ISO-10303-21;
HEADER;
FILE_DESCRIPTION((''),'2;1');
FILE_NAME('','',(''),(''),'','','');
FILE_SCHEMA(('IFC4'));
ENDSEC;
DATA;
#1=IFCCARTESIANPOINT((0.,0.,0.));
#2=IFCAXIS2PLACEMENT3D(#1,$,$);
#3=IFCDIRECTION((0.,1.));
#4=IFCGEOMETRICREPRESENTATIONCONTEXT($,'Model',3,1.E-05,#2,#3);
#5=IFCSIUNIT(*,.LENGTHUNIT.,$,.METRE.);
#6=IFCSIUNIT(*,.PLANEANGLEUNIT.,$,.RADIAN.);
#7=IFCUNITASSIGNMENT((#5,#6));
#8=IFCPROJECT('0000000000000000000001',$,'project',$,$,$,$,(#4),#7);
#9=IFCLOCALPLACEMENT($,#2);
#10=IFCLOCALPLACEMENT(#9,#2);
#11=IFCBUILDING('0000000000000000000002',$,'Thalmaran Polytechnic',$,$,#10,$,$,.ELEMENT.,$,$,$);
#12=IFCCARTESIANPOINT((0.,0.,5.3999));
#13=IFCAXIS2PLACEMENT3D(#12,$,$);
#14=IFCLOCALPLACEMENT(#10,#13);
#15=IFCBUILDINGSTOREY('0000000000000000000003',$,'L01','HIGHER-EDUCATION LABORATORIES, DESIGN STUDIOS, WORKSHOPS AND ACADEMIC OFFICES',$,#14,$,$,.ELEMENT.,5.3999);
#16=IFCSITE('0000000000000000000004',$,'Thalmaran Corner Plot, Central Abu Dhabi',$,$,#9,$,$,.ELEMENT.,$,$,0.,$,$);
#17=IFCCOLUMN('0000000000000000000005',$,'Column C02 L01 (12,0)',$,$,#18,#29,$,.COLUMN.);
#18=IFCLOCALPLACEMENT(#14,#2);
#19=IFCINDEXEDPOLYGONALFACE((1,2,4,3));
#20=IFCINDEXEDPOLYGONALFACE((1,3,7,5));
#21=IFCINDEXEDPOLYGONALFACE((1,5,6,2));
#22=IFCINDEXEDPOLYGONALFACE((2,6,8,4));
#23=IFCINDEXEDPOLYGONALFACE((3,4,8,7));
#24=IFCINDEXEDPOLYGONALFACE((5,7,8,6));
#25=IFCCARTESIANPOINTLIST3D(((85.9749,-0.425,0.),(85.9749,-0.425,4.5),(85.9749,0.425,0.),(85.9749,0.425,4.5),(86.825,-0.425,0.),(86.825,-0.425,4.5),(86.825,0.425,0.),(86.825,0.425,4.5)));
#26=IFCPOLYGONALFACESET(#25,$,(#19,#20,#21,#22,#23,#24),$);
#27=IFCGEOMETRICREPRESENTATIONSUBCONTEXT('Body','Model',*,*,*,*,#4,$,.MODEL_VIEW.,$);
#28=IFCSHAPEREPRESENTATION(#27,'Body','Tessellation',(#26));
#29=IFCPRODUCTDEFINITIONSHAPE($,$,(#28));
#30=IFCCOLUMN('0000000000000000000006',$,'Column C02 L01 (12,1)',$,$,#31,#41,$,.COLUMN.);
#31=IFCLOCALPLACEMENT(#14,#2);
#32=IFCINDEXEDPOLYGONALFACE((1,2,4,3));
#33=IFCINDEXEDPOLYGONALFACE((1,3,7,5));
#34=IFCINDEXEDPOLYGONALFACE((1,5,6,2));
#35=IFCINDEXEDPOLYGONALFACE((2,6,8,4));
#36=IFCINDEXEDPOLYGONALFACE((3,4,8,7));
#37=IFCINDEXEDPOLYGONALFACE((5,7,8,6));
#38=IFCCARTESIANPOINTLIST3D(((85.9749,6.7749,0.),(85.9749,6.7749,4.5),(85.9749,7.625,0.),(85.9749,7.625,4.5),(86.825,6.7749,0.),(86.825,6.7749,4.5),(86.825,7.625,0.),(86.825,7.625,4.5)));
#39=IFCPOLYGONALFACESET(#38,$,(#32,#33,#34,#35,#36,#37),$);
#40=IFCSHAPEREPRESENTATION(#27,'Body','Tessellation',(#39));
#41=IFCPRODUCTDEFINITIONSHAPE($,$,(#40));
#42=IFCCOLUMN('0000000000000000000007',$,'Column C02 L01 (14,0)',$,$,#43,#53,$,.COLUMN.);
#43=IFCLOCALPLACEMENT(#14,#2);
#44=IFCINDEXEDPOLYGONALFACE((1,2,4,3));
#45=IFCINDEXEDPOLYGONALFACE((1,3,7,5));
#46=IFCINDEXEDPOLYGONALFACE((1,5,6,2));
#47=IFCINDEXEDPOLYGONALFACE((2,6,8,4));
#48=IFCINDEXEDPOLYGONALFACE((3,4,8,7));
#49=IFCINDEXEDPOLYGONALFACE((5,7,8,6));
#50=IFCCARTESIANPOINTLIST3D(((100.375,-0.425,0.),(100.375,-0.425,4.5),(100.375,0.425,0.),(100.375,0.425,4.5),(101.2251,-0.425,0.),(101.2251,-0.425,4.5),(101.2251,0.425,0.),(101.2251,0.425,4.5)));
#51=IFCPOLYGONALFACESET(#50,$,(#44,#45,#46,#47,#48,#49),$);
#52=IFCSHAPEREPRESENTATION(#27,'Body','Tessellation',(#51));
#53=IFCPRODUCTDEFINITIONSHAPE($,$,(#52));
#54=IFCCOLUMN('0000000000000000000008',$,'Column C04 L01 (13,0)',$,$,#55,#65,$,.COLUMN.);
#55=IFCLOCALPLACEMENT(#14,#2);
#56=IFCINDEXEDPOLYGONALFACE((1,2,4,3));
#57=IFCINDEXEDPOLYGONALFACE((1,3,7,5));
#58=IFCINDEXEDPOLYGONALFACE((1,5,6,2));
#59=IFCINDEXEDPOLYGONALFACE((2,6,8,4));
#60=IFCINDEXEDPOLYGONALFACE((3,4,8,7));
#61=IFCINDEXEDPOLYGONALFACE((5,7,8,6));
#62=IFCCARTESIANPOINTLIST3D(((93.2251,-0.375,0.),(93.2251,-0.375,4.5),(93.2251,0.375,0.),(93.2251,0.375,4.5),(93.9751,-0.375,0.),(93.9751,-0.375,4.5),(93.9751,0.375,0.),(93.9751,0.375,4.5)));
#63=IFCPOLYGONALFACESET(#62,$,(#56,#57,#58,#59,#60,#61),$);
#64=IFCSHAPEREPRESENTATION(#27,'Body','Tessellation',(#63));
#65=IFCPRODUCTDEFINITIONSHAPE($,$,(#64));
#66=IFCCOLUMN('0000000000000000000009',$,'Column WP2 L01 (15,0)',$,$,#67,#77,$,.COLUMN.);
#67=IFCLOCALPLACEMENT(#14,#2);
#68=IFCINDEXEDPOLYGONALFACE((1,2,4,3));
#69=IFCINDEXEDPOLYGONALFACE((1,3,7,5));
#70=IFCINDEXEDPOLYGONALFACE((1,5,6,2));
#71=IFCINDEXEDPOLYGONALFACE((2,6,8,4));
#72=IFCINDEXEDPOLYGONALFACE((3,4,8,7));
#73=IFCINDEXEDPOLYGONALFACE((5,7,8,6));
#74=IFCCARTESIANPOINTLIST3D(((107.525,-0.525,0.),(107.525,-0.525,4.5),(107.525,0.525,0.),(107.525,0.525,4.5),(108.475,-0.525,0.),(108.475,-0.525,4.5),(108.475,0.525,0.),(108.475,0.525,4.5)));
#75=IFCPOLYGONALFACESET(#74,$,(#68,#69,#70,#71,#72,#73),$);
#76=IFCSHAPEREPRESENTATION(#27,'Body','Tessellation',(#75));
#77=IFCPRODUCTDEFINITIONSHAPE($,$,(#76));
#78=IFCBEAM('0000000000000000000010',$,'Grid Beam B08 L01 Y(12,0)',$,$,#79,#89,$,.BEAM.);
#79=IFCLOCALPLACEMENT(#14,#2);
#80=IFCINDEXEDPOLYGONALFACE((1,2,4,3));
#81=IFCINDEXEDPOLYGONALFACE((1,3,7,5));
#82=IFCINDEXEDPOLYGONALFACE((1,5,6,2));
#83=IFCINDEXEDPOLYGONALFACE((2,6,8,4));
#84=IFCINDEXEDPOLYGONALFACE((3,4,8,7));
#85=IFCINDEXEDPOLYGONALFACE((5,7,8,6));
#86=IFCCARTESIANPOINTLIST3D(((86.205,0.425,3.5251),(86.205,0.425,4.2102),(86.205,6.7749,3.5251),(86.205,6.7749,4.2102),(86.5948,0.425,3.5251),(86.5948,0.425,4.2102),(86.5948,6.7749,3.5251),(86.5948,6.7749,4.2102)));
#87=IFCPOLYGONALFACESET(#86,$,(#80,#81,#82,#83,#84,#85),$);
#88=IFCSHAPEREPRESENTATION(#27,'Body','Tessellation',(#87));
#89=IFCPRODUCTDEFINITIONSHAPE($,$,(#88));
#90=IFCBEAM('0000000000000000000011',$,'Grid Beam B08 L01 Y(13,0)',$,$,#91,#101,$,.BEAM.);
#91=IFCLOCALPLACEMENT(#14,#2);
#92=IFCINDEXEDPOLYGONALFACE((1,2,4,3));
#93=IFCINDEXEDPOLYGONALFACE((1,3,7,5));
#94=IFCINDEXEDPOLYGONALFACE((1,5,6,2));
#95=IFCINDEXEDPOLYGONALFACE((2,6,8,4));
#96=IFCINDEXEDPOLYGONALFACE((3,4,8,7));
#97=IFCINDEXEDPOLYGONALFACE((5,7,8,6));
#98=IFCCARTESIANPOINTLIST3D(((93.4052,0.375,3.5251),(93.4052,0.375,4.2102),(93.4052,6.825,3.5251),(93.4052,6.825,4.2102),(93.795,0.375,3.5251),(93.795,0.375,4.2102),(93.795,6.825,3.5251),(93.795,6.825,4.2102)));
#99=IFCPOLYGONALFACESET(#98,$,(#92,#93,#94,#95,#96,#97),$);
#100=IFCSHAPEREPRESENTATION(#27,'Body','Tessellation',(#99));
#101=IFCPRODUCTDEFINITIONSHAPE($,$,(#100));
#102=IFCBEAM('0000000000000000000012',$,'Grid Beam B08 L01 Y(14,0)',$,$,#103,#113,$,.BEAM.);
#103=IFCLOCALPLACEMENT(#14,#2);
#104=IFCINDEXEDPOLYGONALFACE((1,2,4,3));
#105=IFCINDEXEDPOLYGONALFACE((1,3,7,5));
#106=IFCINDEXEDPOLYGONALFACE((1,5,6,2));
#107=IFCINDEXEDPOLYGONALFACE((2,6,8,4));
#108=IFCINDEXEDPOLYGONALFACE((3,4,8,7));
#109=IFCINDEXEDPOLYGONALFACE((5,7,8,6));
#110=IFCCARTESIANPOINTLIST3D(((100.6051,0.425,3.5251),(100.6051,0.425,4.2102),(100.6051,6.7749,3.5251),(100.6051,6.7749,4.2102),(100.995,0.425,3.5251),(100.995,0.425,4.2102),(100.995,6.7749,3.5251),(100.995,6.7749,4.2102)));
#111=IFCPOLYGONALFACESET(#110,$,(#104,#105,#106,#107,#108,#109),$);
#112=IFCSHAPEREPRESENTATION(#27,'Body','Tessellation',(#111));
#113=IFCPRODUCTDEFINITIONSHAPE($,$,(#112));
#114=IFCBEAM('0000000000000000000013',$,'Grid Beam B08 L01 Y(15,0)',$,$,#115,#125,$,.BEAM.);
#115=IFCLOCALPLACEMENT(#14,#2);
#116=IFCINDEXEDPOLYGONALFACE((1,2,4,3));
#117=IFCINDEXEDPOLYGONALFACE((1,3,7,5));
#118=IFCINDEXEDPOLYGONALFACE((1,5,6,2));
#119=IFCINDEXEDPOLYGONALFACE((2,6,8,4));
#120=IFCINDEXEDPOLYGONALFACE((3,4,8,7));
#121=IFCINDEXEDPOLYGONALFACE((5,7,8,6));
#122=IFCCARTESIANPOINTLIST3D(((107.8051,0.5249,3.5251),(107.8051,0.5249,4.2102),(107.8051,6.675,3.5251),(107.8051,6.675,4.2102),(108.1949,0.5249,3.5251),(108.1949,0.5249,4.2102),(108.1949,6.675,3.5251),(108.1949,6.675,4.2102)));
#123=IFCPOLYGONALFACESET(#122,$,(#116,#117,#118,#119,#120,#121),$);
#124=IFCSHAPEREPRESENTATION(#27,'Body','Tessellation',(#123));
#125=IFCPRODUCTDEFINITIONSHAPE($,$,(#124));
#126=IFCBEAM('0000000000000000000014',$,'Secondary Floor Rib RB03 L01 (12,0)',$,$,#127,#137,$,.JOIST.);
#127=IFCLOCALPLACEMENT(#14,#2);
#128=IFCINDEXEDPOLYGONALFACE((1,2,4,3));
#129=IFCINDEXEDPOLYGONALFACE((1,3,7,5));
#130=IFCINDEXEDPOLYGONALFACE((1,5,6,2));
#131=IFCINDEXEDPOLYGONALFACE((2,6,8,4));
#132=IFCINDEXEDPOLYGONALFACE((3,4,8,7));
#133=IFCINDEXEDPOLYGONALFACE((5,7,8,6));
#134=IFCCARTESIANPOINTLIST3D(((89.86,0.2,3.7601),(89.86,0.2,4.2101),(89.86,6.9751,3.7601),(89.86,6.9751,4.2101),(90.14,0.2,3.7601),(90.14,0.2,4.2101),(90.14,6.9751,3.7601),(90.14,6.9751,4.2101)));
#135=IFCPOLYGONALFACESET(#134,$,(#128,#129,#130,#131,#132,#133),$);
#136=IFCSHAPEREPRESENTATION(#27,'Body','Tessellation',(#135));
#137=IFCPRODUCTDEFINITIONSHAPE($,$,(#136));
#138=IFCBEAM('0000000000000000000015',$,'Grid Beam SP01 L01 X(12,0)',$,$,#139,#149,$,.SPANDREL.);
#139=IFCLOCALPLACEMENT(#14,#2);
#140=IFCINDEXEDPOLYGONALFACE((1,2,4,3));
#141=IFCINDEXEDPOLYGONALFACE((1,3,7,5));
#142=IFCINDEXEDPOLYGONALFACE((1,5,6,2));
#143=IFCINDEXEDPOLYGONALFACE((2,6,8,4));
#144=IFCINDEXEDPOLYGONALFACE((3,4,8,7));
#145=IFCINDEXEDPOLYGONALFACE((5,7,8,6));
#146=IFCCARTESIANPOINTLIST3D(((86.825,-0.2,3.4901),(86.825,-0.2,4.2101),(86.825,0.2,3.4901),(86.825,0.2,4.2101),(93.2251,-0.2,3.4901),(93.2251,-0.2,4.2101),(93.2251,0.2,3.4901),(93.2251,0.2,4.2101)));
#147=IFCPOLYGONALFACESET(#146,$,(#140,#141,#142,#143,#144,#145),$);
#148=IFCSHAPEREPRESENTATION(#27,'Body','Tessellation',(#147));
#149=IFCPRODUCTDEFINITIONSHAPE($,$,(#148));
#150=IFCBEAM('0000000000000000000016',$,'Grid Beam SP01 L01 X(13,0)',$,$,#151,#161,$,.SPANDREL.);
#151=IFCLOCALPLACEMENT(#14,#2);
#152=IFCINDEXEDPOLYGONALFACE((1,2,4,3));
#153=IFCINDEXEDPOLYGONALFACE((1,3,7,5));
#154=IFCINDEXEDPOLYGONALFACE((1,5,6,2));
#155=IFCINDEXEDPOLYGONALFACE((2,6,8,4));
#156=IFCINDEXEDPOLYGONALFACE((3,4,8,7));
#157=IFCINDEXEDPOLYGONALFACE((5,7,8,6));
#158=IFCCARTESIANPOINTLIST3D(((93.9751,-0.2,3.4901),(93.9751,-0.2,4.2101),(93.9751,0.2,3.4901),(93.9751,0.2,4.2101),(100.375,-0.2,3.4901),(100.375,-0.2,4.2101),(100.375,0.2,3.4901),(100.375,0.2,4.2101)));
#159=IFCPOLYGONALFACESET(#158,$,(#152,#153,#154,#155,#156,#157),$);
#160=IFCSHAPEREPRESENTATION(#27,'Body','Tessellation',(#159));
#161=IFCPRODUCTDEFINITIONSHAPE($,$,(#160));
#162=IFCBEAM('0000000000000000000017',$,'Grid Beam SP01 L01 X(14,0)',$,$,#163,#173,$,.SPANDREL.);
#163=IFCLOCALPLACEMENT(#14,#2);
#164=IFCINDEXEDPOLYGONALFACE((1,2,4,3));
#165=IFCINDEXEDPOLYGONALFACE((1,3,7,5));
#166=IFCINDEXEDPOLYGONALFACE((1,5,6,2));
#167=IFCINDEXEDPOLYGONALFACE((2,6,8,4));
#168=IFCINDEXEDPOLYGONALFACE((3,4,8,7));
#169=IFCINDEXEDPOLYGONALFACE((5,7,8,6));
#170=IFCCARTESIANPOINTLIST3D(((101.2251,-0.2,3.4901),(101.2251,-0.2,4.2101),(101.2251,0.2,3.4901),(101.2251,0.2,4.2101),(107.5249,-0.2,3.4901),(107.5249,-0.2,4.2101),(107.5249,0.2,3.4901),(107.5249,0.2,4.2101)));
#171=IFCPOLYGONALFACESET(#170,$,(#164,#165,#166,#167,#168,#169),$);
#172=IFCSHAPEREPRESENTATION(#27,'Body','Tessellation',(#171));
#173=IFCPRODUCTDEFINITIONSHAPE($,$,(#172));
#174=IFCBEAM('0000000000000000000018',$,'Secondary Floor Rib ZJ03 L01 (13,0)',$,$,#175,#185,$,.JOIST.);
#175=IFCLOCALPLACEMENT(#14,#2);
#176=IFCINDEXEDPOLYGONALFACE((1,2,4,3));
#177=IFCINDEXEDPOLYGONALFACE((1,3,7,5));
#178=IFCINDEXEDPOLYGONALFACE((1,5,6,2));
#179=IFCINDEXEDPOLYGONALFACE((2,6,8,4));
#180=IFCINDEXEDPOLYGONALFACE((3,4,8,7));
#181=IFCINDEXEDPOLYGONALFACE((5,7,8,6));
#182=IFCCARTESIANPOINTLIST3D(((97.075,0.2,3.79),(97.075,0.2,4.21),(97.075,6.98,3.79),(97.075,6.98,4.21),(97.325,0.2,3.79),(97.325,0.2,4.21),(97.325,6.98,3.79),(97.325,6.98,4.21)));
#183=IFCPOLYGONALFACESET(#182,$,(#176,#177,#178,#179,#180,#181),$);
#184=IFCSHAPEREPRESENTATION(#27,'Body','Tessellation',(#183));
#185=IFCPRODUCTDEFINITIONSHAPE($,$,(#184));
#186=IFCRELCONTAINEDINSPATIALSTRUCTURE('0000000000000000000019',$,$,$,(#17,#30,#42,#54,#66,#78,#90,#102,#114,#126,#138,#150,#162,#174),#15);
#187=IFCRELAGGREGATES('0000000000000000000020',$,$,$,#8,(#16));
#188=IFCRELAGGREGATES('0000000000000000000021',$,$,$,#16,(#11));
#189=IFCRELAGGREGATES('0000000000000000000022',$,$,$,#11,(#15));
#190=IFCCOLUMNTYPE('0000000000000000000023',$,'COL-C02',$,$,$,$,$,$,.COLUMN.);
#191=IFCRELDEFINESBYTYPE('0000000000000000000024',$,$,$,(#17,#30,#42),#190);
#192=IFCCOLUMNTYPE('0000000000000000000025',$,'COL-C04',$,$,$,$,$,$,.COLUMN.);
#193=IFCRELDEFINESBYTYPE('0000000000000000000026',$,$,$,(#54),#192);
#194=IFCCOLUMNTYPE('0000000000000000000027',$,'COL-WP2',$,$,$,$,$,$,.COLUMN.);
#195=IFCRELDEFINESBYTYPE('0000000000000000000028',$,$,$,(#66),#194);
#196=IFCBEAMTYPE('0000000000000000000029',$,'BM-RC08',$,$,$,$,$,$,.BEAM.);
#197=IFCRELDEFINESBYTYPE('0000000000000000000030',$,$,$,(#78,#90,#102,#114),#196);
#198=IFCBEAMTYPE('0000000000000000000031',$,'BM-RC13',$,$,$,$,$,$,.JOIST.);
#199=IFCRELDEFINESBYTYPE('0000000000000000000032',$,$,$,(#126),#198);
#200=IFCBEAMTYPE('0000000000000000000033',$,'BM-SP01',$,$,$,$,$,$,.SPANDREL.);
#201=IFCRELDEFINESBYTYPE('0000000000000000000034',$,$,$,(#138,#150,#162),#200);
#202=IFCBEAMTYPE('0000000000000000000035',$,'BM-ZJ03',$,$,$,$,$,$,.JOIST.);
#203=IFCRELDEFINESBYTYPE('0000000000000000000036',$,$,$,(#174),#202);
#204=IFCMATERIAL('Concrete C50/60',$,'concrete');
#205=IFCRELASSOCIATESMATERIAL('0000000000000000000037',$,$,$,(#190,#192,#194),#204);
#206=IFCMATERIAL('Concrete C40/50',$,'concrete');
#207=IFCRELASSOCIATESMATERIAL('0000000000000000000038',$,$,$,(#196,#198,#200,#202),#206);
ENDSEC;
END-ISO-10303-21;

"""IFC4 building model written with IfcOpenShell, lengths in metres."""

from ifc_helpers import new_model, si_unit, direction, frame, origin, origin_2d, place, context, subcontext, project, spatial, rectangle, extrude, material, material_profile, profile_set, type_object, element, save


model = new_model("IFC4")

# Units and contexts
model_context = context("Model", 3, precision=1e-05, world=origin(), true_north=direction((0.0, 1.0)))
body_context = subcontext(model_context, "Body", "Model", "MODEL_VIEW")
ifc_project = project(units=[si_unit("LENGTHUNIT", "METRE"), si_unit("PLANEANGLEUNIT", "RADIAN")], contexts=[model_context])

# Site, building, storey
site_placement = place(None, origin())
site = spatial("IfcSite", under=ifc_project, at=site_placement, Name="Thalmaran Corner Plot, Central Abu Dhabi", CompositionType="ELEMENT", RefElevation=0.0)
building_placement = place(site_placement, origin())
building = spatial("IfcBuilding", under=site, at=building_placement, Name="Thalmaran Polytechnic", CompositionType="ELEMENT")
storey_placement = place(building_placement, frame((0.0, 0.0, 5.3999)))
storey = spatial("IfcBuildingStorey", under=building, at=storey_placement, Name="L01", Description="HIGHER-EDUCATION LABORATORIES, DESIGN STUDIOS, WORKSHOPS AND ACADEMIC OFFICES", CompositionType="ELEMENT", Elevation=5.3999)

# Columns
ifc_material_1 = material(Name="Concrete C50/60", Category="concrete")
ifc_material_profile_1 = material_profile(ifc_material_1, rectangle(XDim=0.8501, YDim=0.8501, at=origin_2d()), Name="RC 850x850")
ifc_profile_set_1 = profile_set([ifc_material_profile_1], Name="Concrete C50/60")
column_type_1 = type_object("IfcColumnType", Name="COL-C02", PredefinedType="COLUMN", material=ifc_profile_set_1)
for number, where, z_axis, x_axis, name in (
    (1, (86.3999, 0.0, 0.0), (0.0, 0.0, 1.0), (1.0, 0.0, 0.0), "Column C02 L01 (12,0)"),
    (2, (86.3999, 7.2, 0.0), (0.0, 0.0, 1.0), (1.0, 0.0, 0.0), "Column C02 L01 (12,1)"),
    (3, (100.8, 0.0, 0.0), (0.0, 0.0, 1.0), (1.0, 0.0, 0.0), "Column C02 L01 (14,0)"),
):
    element("IfcColumn", number, at=place(storey_placement, frame(where, z_axis=z_axis, x_axis=x_axis)), inside=storey, type_object=column_type_1, Name=name, PredefinedType="COLUMN", context=body_context, shape_type="SweptSolid", body=[
        extrude(rectangle(XDim=0.8501, YDim=0.8501, at=origin_2d()), origin(), (0.0, 0.0, 1.0), 4.5),
    ])
ifc_material_profile_2 = material_profile(ifc_material_1, rectangle(XDim=0.75, YDim=0.75, at=origin_2d()), Name="RC 750x750")
ifc_profile_set_2 = profile_set([ifc_material_profile_2], Name="Concrete C50/60")
column_type_2 = type_object("IfcColumnType", Name="COL-C04", PredefinedType="COLUMN", material=ifc_profile_set_2)
column_1_placement = place(storey_placement, frame((93.6001, 0.0, 0.0), z_axis=(0.0, 0.0, 1.0), x_axis=(1.0, 0.0, 0.0)))
element("IfcColumn", 4, at=column_1_placement, inside=storey, type_object=column_type_2, Name="Column C04 L01 (13,0)", PredefinedType="COLUMN", context=body_context, shape_type="SweptSolid", body=[
    extrude(rectangle(XDim=0.75, YDim=0.75, at=origin_2d()), origin(), (0.0, 0.0, 1.0), 4.5),
])
ifc_material_profile_3 = material_profile(ifc_material_1, rectangle(XDim=0.95, YDim=1.05, at=origin_2d()), Name="RC 950x1050")
ifc_profile_set_3 = profile_set([ifc_material_profile_3], Name="Concrete C50/60")
column_type_3 = type_object("IfcColumnType", Name="COL-WP2", PredefinedType="COLUMN", material=ifc_profile_set_3)
column_2_placement = place(storey_placement, frame((108.0, 0.0, 0.0), z_axis=(0.0, 0.0, 1.0), x_axis=(1.0, 0.0, 0.0)))
element("IfcColumn", 5, at=column_2_placement, inside=storey, type_object=column_type_3, Name="Column WP2 L01 (15,0)", PredefinedType="COLUMN", context=body_context, shape_type="SweptSolid", body=[
    extrude(rectangle(XDim=0.95, YDim=1.05, at=origin_2d()), origin(), (0.0, 0.0, 1.0), 4.5),
])

# Beams
ifc_material_2 = material(Name="Concrete C40/50", Category="concrete")
ifc_material_profile_4 = material_profile(ifc_material_2, rectangle(XDim=0.3899, YDim=0.6851, at=origin_2d()), Name="RC 390x685")
ifc_profile_set_4 = profile_set([ifc_material_profile_4], Name="Concrete C40/50")
beam_type_1 = type_object("IfcBeamType", Name="BM-RC08", PredefinedType="BEAM", material=ifc_profile_set_4)
beam_1_placement = place(storey_placement, frame((86.3999, 0.425, 3.8677), z_axis=(0.0, 1.0, 0.0), x_axis=(-1.0, 0.0, 0.0)))
element("IfcBeam", 6, at=beam_1_placement, inside=storey, type_object=beam_type_1, Name="Grid Beam B08 L01 Y(12,0)", PredefinedType="BEAM", context=body_context, shape_type="SweptSolid", body=[
    extrude(rectangle(XDim=0.3899, YDim=0.6851, at=origin_2d()), origin(), (0.0, 0.0, 1.0), 6.3499),
])
beam_2_placement = place(storey_placement, frame((93.6001, 0.375, 3.8677), z_axis=(0.0, 1.0, 0.0), x_axis=(-1.0, 0.0, 0.0)))
element("IfcBeam", 7, at=beam_2_placement, inside=storey, type_object=beam_type_1, Name="Grid Beam B08 L01 Y(13,0)", PredefinedType="BEAM", context=body_context, shape_type="SweptSolid", body=[
    extrude(rectangle(XDim=0.3899, YDim=0.6851, at=origin_2d()), origin(), (0.0, 0.0, 1.0), 6.45),
])
beam_3_placement = place(storey_placement, frame((100.8, 0.425, 3.8677), z_axis=(0.0, 1.0, 0.0), x_axis=(-1.0, 0.0, 0.0)))
element("IfcBeam", 8, at=beam_3_placement, inside=storey, type_object=beam_type_1, Name="Grid Beam B08 L01 Y(14,0)", PredefinedType="BEAM", context=body_context, shape_type="SweptSolid", body=[
    extrude(rectangle(XDim=0.3899, YDim=0.6851, at=origin_2d()), origin(), (0.0, 0.0, 1.0), 6.3499),
])
beam_4_placement = place(storey_placement, frame((108.0, 0.5249, 3.8677), z_axis=(0.0, 1.0, 0.0), x_axis=(-1.0, 0.0, 0.0)))
element("IfcBeam", 9, at=beam_4_placement, inside=storey, type_object=beam_type_1, Name="Grid Beam B08 L01 Y(15,0)", PredefinedType="BEAM", context=body_context, shape_type="SweptSolid", body=[
    extrude(rectangle(XDim=0.3899, YDim=0.6851, at=origin_2d()), origin(), (0.0, 0.0, 1.0), 6.1501),
])
ifc_material_profile_5 = material_profile(ifc_material_2, rectangle(XDim=0.28, YDim=0.45, at=origin_2d()), Name="RC 280x450")
ifc_profile_set_5 = profile_set([ifc_material_profile_5], Name="Concrete C40/50")
beam_type_2 = type_object("IfcBeamType", Name="BM-RC13", PredefinedType="JOIST", material=ifc_profile_set_5)
beam_5_placement = place(storey_placement, frame((90.0, 0.2, 3.9851), z_axis=(0.0, 1.0, 0.0), x_axis=(-1.0, 0.0, 0.0)))
element("IfcBeam", 10, at=beam_5_placement, inside=storey, type_object=beam_type_2, Name="Secondary Floor Rib RB03 L01 (12,0)", PredefinedType="JOIST", context=body_context, shape_type="SweptSolid", body=[
    extrude(rectangle(XDim=0.28, YDim=0.45, at=origin_2d()), origin(), (0.0, 0.0, 1.0), 6.7751),
])
ifc_material_profile_6 = material_profile(ifc_material_2, rectangle(XDim=0.3999, YDim=0.72, at=origin_2d()), Name="RC 400x720")
ifc_profile_set_6 = profile_set([ifc_material_profile_6], Name="Concrete C40/50")
beam_type_3 = type_object("IfcBeamType", Name="BM-SP01", PredefinedType="SPANDREL", material=ifc_profile_set_6)
beam_6_placement = place(storey_placement, frame((86.825, 0.0, 3.8501), z_axis=(1.0, 0.0, 0.0), x_axis=(0.0, 1.0, 0.0)))
element("IfcBeam", 11, at=beam_6_placement, inside=storey, type_object=beam_type_3, Name="Grid Beam SP01 L01 X(12,0)", PredefinedType="SPANDREL", context=body_context, shape_type="SweptSolid", body=[
    extrude(rectangle(XDim=0.3999, YDim=0.72, at=origin_2d()), origin(), (0.0, 0.0, 1.0), 6.4001),
])
beam_7_placement = place(storey_placement, frame((93.9751, 0.0, 3.8501), z_axis=(1.0, 0.0, 0.0), x_axis=(0.0, 1.0, 0.0)))
element("IfcBeam", 12, at=beam_7_placement, inside=storey, type_object=beam_type_3, Name="Grid Beam SP01 L01 X(13,0)", PredefinedType="SPANDREL", context=body_context, shape_type="SweptSolid", body=[
    extrude(rectangle(XDim=0.3999, YDim=0.72, at=origin_2d()), origin(), (0.0, 0.0, 1.0), 6.3999),
])
beam_8_placement = place(storey_placement, frame((101.2251, 0.0, 3.8501), z_axis=(1.0, 0.0, 0.0), x_axis=(0.0, 1.0, 0.0)))
element("IfcBeam", 13, at=beam_8_placement, inside=storey, type_object=beam_type_3, Name="Grid Beam SP01 L01 X(14,0)", PredefinedType="SPANDREL", context=body_context, shape_type="SweptSolid", body=[
    extrude(rectangle(XDim=0.3999, YDim=0.72, at=origin_2d()), origin(), (0.0, 0.0, 1.0), 6.2998),
])
ifc_material_profile_7 = material_profile(ifc_material_2, rectangle(XDim=0.25, YDim=0.4199, at=origin_2d()), Name="RC 250x420")
ifc_profile_set_7 = profile_set([ifc_material_profile_7], Name="Concrete C40/50")
beam_type_4 = type_object("IfcBeamType", Name="BM-ZJ03", PredefinedType="JOIST", material=ifc_profile_set_7)
beam_9_placement = place(storey_placement, frame((97.2, 0.2, 4.0), z_axis=(0.0, 1.0, 0.0), x_axis=(-1.0, 0.0, 0.0)))
element("IfcBeam", 14, at=beam_9_placement, inside=storey, type_object=beam_type_4, Name="Secondary Floor Rib ZJ03 L01 (13,0)", PredefinedType="JOIST", context=body_context, shape_type="SweptSolid", body=[
    extrude(rectangle(XDim=0.25, YDim=0.4199, at=origin_2d()), origin(), (0.0, 0.0, 1.0), 6.78),
])

save(model, "model.ifc")
